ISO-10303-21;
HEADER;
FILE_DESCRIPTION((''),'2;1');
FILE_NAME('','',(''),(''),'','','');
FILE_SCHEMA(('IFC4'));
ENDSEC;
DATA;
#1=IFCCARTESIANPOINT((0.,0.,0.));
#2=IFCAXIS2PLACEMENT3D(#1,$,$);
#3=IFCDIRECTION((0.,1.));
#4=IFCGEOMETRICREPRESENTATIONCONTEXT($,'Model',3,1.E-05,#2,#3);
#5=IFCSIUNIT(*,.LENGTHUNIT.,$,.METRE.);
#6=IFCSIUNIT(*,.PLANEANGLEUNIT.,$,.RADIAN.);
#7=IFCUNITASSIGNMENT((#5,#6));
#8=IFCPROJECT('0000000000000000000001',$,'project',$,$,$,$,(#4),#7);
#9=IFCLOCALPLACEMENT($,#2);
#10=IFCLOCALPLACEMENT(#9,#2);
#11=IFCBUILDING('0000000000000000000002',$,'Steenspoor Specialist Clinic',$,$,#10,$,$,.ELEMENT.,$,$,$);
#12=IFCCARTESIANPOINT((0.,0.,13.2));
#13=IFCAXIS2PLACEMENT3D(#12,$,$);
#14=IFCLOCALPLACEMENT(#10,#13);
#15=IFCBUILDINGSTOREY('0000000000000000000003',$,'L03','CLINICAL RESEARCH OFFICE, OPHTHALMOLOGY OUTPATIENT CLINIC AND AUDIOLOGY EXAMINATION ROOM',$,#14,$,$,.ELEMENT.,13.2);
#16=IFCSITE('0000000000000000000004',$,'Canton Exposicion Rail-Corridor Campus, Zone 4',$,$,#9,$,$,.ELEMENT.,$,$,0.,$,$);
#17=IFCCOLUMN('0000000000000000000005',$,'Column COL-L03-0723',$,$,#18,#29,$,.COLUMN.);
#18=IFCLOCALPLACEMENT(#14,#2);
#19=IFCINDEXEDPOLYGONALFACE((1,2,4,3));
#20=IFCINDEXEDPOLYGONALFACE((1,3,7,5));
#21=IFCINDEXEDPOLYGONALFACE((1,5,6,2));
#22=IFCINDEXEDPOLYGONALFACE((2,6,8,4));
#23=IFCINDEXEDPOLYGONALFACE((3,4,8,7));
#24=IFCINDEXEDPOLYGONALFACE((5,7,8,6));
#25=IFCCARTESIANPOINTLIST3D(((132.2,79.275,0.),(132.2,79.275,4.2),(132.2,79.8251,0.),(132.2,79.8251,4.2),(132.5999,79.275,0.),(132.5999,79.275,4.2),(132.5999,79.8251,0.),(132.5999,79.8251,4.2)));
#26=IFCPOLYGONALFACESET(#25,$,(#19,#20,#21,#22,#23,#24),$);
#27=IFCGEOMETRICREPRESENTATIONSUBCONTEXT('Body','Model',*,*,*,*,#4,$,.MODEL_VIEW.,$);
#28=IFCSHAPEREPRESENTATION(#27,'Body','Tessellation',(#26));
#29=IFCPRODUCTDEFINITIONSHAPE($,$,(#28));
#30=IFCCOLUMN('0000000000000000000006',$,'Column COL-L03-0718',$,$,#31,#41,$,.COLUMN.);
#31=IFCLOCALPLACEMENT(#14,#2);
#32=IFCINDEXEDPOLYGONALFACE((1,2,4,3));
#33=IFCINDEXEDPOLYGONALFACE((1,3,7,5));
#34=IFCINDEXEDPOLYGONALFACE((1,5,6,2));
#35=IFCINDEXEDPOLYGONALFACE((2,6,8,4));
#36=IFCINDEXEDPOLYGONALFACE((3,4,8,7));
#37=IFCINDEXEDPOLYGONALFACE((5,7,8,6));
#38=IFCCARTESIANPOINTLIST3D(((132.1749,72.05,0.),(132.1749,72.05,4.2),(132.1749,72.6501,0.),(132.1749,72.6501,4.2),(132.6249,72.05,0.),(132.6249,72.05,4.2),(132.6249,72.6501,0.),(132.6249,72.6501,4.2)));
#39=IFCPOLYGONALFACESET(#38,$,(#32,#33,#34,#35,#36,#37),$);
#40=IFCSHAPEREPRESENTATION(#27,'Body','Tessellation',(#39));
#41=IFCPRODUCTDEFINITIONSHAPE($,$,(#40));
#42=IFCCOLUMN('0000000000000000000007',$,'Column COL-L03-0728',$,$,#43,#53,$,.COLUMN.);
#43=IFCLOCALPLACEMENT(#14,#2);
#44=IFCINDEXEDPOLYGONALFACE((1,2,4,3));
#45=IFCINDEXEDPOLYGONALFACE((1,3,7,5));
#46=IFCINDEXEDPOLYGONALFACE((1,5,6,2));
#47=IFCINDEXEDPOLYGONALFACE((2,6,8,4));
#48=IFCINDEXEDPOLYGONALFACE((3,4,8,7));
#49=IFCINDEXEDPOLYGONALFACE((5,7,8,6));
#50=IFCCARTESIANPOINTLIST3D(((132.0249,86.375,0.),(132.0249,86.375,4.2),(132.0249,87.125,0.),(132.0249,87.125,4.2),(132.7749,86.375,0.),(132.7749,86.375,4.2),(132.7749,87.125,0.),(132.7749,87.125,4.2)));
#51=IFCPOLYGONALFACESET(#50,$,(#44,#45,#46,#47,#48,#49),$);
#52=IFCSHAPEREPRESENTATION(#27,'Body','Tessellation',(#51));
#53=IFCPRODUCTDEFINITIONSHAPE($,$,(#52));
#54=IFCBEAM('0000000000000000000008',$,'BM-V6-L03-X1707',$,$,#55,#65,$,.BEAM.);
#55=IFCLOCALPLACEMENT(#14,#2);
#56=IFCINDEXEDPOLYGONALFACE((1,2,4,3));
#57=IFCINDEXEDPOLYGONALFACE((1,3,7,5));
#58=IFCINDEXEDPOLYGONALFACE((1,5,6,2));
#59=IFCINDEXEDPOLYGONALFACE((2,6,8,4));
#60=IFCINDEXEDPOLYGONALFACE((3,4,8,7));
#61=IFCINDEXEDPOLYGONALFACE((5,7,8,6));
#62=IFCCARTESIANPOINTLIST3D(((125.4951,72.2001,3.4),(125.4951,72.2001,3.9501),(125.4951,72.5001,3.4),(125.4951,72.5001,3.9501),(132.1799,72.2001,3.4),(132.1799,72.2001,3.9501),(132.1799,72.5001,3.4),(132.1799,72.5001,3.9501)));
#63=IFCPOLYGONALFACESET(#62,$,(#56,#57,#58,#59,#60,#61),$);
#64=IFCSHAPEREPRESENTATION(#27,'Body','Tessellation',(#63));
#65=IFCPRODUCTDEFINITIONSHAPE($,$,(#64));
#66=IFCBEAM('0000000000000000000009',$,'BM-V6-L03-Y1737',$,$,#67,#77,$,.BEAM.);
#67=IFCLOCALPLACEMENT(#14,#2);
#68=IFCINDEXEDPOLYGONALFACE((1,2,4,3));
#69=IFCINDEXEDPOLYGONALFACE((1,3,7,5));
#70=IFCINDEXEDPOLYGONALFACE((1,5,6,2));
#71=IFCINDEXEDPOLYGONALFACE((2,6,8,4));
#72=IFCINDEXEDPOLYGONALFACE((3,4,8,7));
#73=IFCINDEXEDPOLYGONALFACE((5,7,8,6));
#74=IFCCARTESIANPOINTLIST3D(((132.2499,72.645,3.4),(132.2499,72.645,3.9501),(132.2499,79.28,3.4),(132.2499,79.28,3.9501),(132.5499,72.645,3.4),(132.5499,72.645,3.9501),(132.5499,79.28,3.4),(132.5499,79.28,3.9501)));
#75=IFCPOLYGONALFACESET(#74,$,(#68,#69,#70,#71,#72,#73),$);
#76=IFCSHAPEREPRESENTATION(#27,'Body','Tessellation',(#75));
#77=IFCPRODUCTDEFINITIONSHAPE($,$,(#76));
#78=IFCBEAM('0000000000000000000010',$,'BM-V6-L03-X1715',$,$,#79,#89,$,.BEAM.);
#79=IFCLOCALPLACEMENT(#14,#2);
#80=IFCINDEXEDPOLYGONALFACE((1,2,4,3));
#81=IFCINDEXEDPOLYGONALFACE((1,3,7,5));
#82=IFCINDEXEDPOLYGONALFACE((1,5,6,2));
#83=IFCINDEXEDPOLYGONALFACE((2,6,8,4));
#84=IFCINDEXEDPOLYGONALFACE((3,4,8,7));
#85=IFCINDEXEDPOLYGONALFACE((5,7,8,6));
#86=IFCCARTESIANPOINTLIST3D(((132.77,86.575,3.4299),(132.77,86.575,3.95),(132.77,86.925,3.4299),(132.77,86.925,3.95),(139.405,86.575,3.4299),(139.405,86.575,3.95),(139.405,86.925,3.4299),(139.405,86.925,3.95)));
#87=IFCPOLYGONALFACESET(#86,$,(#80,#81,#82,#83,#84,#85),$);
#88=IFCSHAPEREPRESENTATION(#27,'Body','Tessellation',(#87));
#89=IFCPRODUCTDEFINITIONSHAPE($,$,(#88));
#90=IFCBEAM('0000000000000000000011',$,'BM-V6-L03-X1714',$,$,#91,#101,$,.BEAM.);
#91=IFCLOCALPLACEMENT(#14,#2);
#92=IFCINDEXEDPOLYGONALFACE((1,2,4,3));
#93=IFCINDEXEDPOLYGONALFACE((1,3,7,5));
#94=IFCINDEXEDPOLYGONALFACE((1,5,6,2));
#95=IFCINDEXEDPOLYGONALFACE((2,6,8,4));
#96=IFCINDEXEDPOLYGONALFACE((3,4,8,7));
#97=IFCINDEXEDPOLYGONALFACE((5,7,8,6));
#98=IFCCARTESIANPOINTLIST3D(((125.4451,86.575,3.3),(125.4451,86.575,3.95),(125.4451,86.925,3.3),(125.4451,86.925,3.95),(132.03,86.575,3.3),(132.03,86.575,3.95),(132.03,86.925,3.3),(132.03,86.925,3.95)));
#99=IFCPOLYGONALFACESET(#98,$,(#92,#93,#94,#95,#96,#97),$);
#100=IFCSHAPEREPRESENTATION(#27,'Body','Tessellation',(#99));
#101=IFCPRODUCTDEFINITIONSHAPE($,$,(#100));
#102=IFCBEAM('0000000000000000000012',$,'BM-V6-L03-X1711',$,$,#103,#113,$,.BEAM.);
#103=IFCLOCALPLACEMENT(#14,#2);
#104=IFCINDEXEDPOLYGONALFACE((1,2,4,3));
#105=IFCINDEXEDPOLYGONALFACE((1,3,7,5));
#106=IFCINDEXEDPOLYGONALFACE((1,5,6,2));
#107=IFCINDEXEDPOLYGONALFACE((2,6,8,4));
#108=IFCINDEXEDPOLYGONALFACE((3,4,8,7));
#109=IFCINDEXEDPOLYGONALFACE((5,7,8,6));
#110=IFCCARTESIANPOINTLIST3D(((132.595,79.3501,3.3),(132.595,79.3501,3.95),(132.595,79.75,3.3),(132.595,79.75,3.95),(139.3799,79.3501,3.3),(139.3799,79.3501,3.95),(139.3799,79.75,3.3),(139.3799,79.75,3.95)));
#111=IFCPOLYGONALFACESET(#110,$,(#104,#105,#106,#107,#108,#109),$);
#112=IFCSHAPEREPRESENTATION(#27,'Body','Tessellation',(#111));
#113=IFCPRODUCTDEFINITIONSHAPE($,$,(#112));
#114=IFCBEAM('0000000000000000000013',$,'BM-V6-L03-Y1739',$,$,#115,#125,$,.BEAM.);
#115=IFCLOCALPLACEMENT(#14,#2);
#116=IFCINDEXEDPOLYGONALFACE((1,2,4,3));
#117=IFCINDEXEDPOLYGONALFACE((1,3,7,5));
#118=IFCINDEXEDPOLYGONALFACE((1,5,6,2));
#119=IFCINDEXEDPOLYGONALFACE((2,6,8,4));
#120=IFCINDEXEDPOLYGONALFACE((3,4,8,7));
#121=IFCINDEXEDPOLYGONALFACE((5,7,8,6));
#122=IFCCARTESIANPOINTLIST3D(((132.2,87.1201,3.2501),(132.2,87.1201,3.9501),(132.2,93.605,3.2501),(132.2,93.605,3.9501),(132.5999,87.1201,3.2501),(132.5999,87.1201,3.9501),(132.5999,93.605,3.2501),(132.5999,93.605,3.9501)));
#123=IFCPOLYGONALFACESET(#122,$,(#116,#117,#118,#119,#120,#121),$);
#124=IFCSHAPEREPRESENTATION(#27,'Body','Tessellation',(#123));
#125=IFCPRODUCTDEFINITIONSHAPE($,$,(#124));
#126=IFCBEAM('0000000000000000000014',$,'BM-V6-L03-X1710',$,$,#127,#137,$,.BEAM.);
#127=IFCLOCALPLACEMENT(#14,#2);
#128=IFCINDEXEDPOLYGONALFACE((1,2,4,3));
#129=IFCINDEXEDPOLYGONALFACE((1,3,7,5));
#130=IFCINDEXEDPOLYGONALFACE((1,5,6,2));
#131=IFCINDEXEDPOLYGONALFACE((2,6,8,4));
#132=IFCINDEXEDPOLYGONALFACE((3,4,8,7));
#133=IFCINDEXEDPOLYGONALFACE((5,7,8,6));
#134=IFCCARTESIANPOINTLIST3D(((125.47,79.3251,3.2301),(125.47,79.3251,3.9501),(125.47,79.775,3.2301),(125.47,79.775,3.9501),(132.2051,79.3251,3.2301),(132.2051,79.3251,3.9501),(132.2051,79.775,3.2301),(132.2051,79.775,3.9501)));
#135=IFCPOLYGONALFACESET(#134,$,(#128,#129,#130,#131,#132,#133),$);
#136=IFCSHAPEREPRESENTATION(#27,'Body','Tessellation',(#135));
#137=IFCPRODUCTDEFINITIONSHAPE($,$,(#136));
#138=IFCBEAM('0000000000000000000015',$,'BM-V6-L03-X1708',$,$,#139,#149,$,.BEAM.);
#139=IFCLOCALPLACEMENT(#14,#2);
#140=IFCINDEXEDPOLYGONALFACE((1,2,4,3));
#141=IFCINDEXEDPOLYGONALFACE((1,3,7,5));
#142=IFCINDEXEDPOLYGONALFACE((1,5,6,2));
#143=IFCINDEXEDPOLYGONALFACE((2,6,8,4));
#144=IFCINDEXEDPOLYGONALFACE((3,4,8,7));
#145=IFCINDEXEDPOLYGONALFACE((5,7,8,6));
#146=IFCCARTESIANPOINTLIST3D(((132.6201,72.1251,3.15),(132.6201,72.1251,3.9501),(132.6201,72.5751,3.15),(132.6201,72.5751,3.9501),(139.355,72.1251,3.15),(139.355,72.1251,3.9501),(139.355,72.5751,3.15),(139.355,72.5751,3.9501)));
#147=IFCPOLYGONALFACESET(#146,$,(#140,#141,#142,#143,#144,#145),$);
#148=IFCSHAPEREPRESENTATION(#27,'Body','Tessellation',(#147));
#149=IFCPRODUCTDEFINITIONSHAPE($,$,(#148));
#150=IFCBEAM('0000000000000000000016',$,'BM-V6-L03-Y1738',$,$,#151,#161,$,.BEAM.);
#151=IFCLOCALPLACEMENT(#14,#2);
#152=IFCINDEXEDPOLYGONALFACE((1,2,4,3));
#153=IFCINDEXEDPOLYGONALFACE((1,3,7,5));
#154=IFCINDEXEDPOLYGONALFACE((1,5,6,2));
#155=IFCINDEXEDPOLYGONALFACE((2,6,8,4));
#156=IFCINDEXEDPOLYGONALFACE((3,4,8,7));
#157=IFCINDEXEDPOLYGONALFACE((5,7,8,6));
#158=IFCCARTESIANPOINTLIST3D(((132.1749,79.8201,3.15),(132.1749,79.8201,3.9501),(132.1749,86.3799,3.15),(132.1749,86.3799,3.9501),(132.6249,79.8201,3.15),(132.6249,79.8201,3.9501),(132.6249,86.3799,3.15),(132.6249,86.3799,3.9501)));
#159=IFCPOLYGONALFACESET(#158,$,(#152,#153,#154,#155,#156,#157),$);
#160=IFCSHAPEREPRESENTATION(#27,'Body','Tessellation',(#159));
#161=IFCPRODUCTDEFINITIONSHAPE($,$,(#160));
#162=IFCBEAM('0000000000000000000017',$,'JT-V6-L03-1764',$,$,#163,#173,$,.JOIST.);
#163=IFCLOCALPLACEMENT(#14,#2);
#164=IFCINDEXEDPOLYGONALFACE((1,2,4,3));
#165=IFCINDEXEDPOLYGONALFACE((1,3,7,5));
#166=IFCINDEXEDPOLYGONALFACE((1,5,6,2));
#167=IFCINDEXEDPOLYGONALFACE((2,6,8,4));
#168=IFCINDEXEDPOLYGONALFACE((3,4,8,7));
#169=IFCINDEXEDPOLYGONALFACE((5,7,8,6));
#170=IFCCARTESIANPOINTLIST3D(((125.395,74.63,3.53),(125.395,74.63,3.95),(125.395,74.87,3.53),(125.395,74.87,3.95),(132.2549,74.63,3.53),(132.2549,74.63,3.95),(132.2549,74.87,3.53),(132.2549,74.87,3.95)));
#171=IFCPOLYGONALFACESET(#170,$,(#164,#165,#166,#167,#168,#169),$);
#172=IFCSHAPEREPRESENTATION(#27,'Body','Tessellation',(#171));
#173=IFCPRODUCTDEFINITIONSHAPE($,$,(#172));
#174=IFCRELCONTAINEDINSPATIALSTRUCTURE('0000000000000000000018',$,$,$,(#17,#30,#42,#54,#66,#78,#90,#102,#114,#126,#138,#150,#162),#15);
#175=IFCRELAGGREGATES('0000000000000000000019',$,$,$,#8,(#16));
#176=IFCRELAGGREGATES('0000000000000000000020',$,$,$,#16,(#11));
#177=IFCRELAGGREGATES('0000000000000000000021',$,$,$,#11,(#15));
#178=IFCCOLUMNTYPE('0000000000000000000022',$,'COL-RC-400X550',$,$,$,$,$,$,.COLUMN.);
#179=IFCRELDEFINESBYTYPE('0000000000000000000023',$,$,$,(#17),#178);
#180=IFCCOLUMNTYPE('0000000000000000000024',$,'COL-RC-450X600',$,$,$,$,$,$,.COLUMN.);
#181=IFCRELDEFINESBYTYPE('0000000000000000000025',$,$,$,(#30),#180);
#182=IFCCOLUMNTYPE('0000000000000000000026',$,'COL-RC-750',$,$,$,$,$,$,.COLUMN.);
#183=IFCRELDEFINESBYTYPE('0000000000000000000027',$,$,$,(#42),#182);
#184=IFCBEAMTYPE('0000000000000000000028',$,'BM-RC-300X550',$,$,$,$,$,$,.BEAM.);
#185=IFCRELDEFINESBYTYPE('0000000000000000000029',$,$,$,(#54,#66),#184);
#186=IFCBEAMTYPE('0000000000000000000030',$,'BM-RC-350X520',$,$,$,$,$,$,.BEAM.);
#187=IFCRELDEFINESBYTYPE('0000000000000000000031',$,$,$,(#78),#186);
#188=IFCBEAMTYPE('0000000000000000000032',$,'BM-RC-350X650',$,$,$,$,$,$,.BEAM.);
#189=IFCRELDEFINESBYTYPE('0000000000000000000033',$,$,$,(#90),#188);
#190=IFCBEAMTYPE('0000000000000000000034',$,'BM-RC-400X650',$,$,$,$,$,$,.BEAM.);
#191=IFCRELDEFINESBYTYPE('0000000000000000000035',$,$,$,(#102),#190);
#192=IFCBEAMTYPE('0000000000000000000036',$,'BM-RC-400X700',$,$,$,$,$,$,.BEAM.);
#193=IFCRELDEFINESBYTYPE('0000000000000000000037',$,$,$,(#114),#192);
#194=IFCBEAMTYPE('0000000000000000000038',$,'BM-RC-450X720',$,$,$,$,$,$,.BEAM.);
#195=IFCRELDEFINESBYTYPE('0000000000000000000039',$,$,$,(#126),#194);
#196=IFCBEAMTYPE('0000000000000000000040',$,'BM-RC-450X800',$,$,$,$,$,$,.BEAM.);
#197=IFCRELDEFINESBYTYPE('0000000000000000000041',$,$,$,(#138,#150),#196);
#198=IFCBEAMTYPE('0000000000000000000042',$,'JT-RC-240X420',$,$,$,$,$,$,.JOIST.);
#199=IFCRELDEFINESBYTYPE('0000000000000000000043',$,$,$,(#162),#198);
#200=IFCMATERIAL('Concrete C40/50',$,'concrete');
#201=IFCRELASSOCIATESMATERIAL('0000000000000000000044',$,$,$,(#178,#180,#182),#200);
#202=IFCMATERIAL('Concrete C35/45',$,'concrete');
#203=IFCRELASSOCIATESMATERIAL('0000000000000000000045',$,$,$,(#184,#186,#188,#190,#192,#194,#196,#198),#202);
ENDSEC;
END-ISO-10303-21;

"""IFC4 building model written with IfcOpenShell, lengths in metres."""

from ifc_helpers import new_model, si_unit, direction, frame, origin, origin_2d, place, context, subcontext, project, spatial, rectangle, extrude, material, material_profile, profile_set, type_object, element, save


model = new_model("IFC4")

# Units and contexts
model_context = context("Model", 3, precision=1e-05, world=origin(), true_north=direction((0.0, 1.0)))
body_context = subcontext(model_context, "Body", "Model", "MODEL_VIEW")
ifc_project = project(units=[si_unit("LENGTHUNIT", "METRE"), si_unit("PLANEANGLEUNIT", "RADIAN")], contexts=[model_context])

# Site, building, storey
site_placement = place(None, origin())
site = spatial("IfcSite", under=ifc_project, at=site_placement, Name="Canton Exposicion Rail-Corridor Campus, Zone 4", CompositionType="ELEMENT", RefElevation=0.0)
building_placement = place(site_placement, origin())
building = spatial("IfcBuilding", under=site, at=building_placement, Name="Steenspoor Specialist Clinic", CompositionType="ELEMENT")
storey_placement = place(building_placement, frame((0.0, 0.0, 13.2)))
storey = spatial("IfcBuildingStorey", under=building, at=storey_placement, Name="L03", Description="CLINICAL RESEARCH OFFICE, OPHTHALMOLOGY OUTPATIENT CLINIC AND AUDIOLOGY EXAMINATION ROOM", CompositionType="ELEMENT", Elevation=13.2)

# Columns
ifc_material_1 = material(Name="Concrete C40/50", Category="concrete")
ifc_material_profile_1 = material_profile(ifc_material_1, rectangle(XDim=0.3999, YDim=0.55, at=origin_2d()), Name="RC-COL-400X550")
ifc_profile_set_1 = profile_set([ifc_material_profile_1], Name="Concrete C40/50")
column_type_1 = type_object("IfcColumnType", Name="COL-RC-400X550", PredefinedType="COLUMN", material=ifc_profile_set_1)
column_1_placement = place(storey_placement, frame((132.3999, 79.55, 0.0), z_axis=(0.0, 0.0, 1.0), x_axis=(1.0, 0.0, 0.0)))
element("IfcColumn", 1, at=column_1_placement, inside=storey, type_object=column_type_1, Name="Column COL-L03-0723", PredefinedType="COLUMN", context=body_context, shape_type="SweptSolid", body=[
    extrude(rectangle(XDim=0.3999, YDim=0.55, at=origin_2d()), origin(), (0.0, 0.0, 1.0), 4.2),
])
ifc_material_profile_2 = material_profile(ifc_material_1, rectangle(XDim=0.45, YDim=0.6001, at=origin_2d()), Name="RC-COL-450X600")
ifc_profile_set_2 = profile_set([ifc_material_profile_2], Name="Concrete C40/50")
column_type_2 = type_object("IfcColumnType", Name="COL-RC-450X600", PredefinedType="COLUMN", material=ifc_profile_set_2)
column_2_placement = place(storey_placement, frame((132.3999, 72.3501, 0.0), z_axis=(0.0, 0.0, 1.0), x_axis=(1.0, 0.0, 0.0)))
element("IfcColumn", 2, at=column_2_placement, inside=storey, type_object=column_type_2, Name="Column COL-L03-0718", PredefinedType="COLUMN", context=body_context, shape_type="SweptSolid", body=[
    extrude(rectangle(XDim=0.45, YDim=0.6001, at=origin_2d()), origin(), (0.0, 0.0, 1.0), 4.2),
])
ifc_material_profile_3 = material_profile(ifc_material_1, rectangle(XDim=0.75, YDim=0.75, at=origin_2d()), Name="RC-COL-750X750")
ifc_profile_set_3 = profile_set([ifc_material_profile_3], Name="Concrete C40/50")
column_type_3 = type_object("IfcColumnType", Name="COL-RC-750", PredefinedType="COLUMN", material=ifc_profile_set_3)
column_3_placement = place(storey_placement, frame((132.3999, 86.75, 0.0), z_axis=(0.0, 0.0, 1.0), x_axis=(1.0, 0.0, 0.0)))
element("IfcColumn", 3, at=column_3_placement, inside=storey, type_object=column_type_3, Name="Column COL-L03-0728", PredefinedType="COLUMN", context=body_context, shape_type="SweptSolid", body=[
    extrude(rectangle(XDim=0.75, YDim=0.75, at=origin_2d()), origin(), (0.0, 0.0, 1.0), 4.2),
])

# Beams
ifc_material_2 = material(Name="Concrete C35/45", Category="concrete")
ifc_material_profile_4 = material_profile(ifc_material_2, rectangle(XDim=0.3, YDim=0.55, at=origin_2d()), Name="RC-BM-300X550")
ifc_profile_set_4 = profile_set([ifc_material_profile_4], Name="Concrete C35/45")
beam_type_1 = type_object("IfcBeamType", Name="BM-RC-300X550", PredefinedType="BEAM", material=ifc_profile_set_4)
beam_1_placement = place(storey_placement, frame((125.4951, 72.3501, 3.675), z_axis=(1.0, 0.0, 0.0), x_axis=(0.0, 1.0, 0.0)))
element("IfcBeam", 4, at=beam_1_placement, inside=storey, type_object=beam_type_1, Name="BM-V6-L03-X1707", PredefinedType="BEAM", context=body_context, shape_type="SweptSolid", body=[
    extrude(rectangle(XDim=0.3, YDim=0.55, at=origin_2d()), origin(), (0.0, 0.0, 1.0), 6.6848),
])
beam_2_placement = place(storey_placement, frame((132.3999, 72.645, 3.675), z_axis=(0.0, 1.0, 0.0), x_axis=(-1.0, 0.0, 0.0)))
element("IfcBeam", 5, at=beam_2_placement, inside=storey, type_object=beam_type_1, Name="BM-V6-L03-Y1737", PredefinedType="BEAM", context=body_context, shape_type="SweptSolid", body=[
    extrude(rectangle(XDim=0.3, YDim=0.55, at=origin_2d()), origin(), (0.0, 0.0, 1.0), 6.635),
])
ifc_material_profile_5 = material_profile(ifc_material_2, rectangle(XDim=0.3501, YDim=0.52, at=origin_2d()), Name="RC-BM-350X520")
ifc_profile_set_5 = profile_set([ifc_material_profile_5], Name="Concrete C35/45")
beam_type_2 = type_object("IfcBeamType", Name="BM-RC-350X520", PredefinedType="BEAM", material=ifc_profile_set_5)
beam_3_placement = place(storey_placement, frame((132.77, 86.75, 3.6899), z_axis=(1.0, 0.0, 0.0), x_axis=(0.0, 1.0, 0.0)))
element("IfcBeam", 6, at=beam_3_placement, inside=storey, type_object=beam_type_2, Name="BM-V6-L03-X1715", PredefinedType="BEAM", context=body_context, shape_type="SweptSolid", body=[
    extrude(rectangle(XDim=0.3501, YDim=0.52, at=origin_2d()), origin(), (0.0, 0.0, 1.0), 6.635),
])
ifc_material_profile_6 = material_profile(ifc_material_2, rectangle(XDim=0.3501, YDim=0.6499, at=origin_2d()), Name="RC-BM-350X650")
ifc_profile_set_6 = profile_set([ifc_material_profile_6], Name="Concrete C35/45")
beam_type_3 = type_object("IfcBeamType", Name="BM-RC-350X650", PredefinedType="BEAM", material=ifc_profile_set_6)
beam_4_placement = place(storey_placement, frame((125.4451, 86.75, 3.625), z_axis=(1.0, 0.0, 0.0), x_axis=(0.0, 1.0, 0.0)))
element("IfcBeam", 7, at=beam_4_placement, inside=storey, type_object=beam_type_3, Name="BM-V6-L03-X1714", PredefinedType="BEAM", context=body_context, shape_type="SweptSolid", body=[
    extrude(rectangle(XDim=0.3501, YDim=0.6499, at=origin_2d()), origin(), (0.0, 0.0, 1.0), 6.585),
])
ifc_material_profile_7 = material_profile(ifc_material_2, rectangle(XDim=0.3999, YDim=0.6499, at=origin_2d()), Name="RC-BM-400X650")
ifc_profile_set_7 = profile_set([ifc_material_profile_7], Name="Concrete C35/45")
beam_type_4 = type_object("IfcBeamType", Name="BM-RC-400X650", PredefinedType="BEAM", material=ifc_profile_set_7)
beam_5_placement = place(storey_placement, frame((132.595, 79.55, 3.625), z_axis=(1.0, 0.0, 0.0), x_axis=(0.0, 1.0, 0.0)))
element("IfcBeam", 8, at=beam_5_placement, inside=storey, type_object=beam_type_4, Name="BM-V6-L03-X1711", PredefinedType="BEAM", context=body_context, shape_type="SweptSolid", body=[
    extrude(rectangle(XDim=0.3999, YDim=0.6499, at=origin_2d()), origin(), (0.0, 0.0, 1.0), 6.7849),
])
ifc_material_profile_8 = material_profile(ifc_material_2, rectangle(XDim=0.3999, YDim=0.7, at=origin_2d()), Name="RC-BM-400X700")
ifc_profile_set_8 = profile_set([ifc_material_profile_8], Name="Concrete C35/45")
beam_type_5 = type_object("IfcBeamType", Name="BM-RC-400X700", PredefinedType="BEAM", material=ifc_profile_set_8)
beam_6_placement = place(storey_placement, frame((132.3999, 87.1201, 3.6001), z_axis=(0.0, 1.0, 0.0), x_axis=(-1.0, 0.0, 0.0)))
element("IfcBeam", 9, at=beam_6_placement, inside=storey, type_object=beam_type_5, Name="BM-V6-L03-Y1739", PredefinedType="BEAM", context=body_context, shape_type="SweptSolid", body=[
    extrude(rectangle(XDim=0.3999, YDim=0.7, at=origin_2d()), origin(), (0.0, 0.0, 1.0), 6.4849),
])
ifc_material_profile_9 = material_profile(ifc_material_2, rectangle(XDim=0.45, YDim=0.72, at=origin_2d()), Name="RC-BM-450X720")
ifc_profile_set_9 = profile_set([ifc_material_profile_9], Name="Concrete C35/45")
beam_type_6 = type_object("IfcBeamType", Name="BM-RC-450X720", PredefinedType="BEAM", material=ifc_profile_set_9)
beam_7_placement = place(storey_placement, frame((125.47, 79.55, 3.5901), z_axis=(1.0, 0.0, 0.0), x_axis=(0.0, 1.0, 0.0)))
element("IfcBeam", 10, at=beam_7_placement, inside=storey, type_object=beam_type_6, Name="BM-V6-L03-X1710", PredefinedType="BEAM", context=body_context, shape_type="SweptSolid", body=[
    extrude(rectangle(XDim=0.45, YDim=0.72, at=origin_2d()), origin(), (0.0, 0.0, 1.0), 6.7351),
])
ifc_material_profile_10 = material_profile(ifc_material_2, rectangle(XDim=0.45, YDim=0.8, at=origin_2d()), Name="RC-BM-450X800")
ifc_profile_set_10 = profile_set([ifc_material_profile_10], Name="Concrete C35/45")
beam_type_7 = type_object("IfcBeamType", Name="BM-RC-450X800", PredefinedType="BEAM", material=ifc_profile_set_10)
beam_8_placement = place(storey_placement, frame((132.6201, 72.3501, 3.55), z_axis=(1.0, 0.0, 0.0), x_axis=(0.0, 1.0, 0.0)))
element("IfcBeam", 11, at=beam_8_placement, inside=storey, type_object=beam_type_7, Name="BM-V6-L03-X1708", PredefinedType="BEAM", context=body_context, shape_type="SweptSolid", body=[
    extrude(rectangle(XDim=0.45, YDim=0.8, at=origin_2d()), origin(), (0.0, 0.0, 1.0), 6.7349),
])
beam_9_placement = place(storey_placement, frame((132.3999, 79.8201, 3.55), z_axis=(0.0, 1.0, 0.0), x_axis=(-1.0, 0.0, 0.0)))
element("IfcBeam", 12, at=beam_9_placement, inside=storey, type_object=beam_type_7, Name="BM-V6-L03-Y1738", PredefinedType="BEAM", context=body_context, shape_type="SweptSolid", body=[
    extrude(rectangle(XDim=0.45, YDim=0.8, at=origin_2d()), origin(), (0.0, 0.0, 1.0), 6.5598),
])
ifc_material_profile_11 = material_profile(ifc_material_2, rectangle(XDim=0.24, YDim=0.4199, at=origin_2d()), Name="RC-JT-240X420")
ifc_profile_set_11 = profile_set([ifc_material_profile_11], Name="Concrete C35/45")
beam_type_8 = type_object("IfcBeamType", Name="JT-RC-240X420", PredefinedType="JOIST", material=ifc_profile_set_11)
beam_10_placement = place(storey_placement, frame((125.395, 74.75, 3.74), z_axis=(1.0, 0.0, 0.0), x_axis=(0.0, 1.0, 0.0)))
element("IfcBeam", 13, at=beam_10_placement, inside=storey, type_object=beam_type_8, Name="JT-V6-L03-1764", PredefinedType="JOIST", context=body_context, shape_type="SweptSolid", body=[
    extrude(rectangle(XDim=0.24, YDim=0.4199, at=origin_2d()), origin(), (0.0, 0.0, 1.0), 6.8599),
])

save(model, "model.ifc")
